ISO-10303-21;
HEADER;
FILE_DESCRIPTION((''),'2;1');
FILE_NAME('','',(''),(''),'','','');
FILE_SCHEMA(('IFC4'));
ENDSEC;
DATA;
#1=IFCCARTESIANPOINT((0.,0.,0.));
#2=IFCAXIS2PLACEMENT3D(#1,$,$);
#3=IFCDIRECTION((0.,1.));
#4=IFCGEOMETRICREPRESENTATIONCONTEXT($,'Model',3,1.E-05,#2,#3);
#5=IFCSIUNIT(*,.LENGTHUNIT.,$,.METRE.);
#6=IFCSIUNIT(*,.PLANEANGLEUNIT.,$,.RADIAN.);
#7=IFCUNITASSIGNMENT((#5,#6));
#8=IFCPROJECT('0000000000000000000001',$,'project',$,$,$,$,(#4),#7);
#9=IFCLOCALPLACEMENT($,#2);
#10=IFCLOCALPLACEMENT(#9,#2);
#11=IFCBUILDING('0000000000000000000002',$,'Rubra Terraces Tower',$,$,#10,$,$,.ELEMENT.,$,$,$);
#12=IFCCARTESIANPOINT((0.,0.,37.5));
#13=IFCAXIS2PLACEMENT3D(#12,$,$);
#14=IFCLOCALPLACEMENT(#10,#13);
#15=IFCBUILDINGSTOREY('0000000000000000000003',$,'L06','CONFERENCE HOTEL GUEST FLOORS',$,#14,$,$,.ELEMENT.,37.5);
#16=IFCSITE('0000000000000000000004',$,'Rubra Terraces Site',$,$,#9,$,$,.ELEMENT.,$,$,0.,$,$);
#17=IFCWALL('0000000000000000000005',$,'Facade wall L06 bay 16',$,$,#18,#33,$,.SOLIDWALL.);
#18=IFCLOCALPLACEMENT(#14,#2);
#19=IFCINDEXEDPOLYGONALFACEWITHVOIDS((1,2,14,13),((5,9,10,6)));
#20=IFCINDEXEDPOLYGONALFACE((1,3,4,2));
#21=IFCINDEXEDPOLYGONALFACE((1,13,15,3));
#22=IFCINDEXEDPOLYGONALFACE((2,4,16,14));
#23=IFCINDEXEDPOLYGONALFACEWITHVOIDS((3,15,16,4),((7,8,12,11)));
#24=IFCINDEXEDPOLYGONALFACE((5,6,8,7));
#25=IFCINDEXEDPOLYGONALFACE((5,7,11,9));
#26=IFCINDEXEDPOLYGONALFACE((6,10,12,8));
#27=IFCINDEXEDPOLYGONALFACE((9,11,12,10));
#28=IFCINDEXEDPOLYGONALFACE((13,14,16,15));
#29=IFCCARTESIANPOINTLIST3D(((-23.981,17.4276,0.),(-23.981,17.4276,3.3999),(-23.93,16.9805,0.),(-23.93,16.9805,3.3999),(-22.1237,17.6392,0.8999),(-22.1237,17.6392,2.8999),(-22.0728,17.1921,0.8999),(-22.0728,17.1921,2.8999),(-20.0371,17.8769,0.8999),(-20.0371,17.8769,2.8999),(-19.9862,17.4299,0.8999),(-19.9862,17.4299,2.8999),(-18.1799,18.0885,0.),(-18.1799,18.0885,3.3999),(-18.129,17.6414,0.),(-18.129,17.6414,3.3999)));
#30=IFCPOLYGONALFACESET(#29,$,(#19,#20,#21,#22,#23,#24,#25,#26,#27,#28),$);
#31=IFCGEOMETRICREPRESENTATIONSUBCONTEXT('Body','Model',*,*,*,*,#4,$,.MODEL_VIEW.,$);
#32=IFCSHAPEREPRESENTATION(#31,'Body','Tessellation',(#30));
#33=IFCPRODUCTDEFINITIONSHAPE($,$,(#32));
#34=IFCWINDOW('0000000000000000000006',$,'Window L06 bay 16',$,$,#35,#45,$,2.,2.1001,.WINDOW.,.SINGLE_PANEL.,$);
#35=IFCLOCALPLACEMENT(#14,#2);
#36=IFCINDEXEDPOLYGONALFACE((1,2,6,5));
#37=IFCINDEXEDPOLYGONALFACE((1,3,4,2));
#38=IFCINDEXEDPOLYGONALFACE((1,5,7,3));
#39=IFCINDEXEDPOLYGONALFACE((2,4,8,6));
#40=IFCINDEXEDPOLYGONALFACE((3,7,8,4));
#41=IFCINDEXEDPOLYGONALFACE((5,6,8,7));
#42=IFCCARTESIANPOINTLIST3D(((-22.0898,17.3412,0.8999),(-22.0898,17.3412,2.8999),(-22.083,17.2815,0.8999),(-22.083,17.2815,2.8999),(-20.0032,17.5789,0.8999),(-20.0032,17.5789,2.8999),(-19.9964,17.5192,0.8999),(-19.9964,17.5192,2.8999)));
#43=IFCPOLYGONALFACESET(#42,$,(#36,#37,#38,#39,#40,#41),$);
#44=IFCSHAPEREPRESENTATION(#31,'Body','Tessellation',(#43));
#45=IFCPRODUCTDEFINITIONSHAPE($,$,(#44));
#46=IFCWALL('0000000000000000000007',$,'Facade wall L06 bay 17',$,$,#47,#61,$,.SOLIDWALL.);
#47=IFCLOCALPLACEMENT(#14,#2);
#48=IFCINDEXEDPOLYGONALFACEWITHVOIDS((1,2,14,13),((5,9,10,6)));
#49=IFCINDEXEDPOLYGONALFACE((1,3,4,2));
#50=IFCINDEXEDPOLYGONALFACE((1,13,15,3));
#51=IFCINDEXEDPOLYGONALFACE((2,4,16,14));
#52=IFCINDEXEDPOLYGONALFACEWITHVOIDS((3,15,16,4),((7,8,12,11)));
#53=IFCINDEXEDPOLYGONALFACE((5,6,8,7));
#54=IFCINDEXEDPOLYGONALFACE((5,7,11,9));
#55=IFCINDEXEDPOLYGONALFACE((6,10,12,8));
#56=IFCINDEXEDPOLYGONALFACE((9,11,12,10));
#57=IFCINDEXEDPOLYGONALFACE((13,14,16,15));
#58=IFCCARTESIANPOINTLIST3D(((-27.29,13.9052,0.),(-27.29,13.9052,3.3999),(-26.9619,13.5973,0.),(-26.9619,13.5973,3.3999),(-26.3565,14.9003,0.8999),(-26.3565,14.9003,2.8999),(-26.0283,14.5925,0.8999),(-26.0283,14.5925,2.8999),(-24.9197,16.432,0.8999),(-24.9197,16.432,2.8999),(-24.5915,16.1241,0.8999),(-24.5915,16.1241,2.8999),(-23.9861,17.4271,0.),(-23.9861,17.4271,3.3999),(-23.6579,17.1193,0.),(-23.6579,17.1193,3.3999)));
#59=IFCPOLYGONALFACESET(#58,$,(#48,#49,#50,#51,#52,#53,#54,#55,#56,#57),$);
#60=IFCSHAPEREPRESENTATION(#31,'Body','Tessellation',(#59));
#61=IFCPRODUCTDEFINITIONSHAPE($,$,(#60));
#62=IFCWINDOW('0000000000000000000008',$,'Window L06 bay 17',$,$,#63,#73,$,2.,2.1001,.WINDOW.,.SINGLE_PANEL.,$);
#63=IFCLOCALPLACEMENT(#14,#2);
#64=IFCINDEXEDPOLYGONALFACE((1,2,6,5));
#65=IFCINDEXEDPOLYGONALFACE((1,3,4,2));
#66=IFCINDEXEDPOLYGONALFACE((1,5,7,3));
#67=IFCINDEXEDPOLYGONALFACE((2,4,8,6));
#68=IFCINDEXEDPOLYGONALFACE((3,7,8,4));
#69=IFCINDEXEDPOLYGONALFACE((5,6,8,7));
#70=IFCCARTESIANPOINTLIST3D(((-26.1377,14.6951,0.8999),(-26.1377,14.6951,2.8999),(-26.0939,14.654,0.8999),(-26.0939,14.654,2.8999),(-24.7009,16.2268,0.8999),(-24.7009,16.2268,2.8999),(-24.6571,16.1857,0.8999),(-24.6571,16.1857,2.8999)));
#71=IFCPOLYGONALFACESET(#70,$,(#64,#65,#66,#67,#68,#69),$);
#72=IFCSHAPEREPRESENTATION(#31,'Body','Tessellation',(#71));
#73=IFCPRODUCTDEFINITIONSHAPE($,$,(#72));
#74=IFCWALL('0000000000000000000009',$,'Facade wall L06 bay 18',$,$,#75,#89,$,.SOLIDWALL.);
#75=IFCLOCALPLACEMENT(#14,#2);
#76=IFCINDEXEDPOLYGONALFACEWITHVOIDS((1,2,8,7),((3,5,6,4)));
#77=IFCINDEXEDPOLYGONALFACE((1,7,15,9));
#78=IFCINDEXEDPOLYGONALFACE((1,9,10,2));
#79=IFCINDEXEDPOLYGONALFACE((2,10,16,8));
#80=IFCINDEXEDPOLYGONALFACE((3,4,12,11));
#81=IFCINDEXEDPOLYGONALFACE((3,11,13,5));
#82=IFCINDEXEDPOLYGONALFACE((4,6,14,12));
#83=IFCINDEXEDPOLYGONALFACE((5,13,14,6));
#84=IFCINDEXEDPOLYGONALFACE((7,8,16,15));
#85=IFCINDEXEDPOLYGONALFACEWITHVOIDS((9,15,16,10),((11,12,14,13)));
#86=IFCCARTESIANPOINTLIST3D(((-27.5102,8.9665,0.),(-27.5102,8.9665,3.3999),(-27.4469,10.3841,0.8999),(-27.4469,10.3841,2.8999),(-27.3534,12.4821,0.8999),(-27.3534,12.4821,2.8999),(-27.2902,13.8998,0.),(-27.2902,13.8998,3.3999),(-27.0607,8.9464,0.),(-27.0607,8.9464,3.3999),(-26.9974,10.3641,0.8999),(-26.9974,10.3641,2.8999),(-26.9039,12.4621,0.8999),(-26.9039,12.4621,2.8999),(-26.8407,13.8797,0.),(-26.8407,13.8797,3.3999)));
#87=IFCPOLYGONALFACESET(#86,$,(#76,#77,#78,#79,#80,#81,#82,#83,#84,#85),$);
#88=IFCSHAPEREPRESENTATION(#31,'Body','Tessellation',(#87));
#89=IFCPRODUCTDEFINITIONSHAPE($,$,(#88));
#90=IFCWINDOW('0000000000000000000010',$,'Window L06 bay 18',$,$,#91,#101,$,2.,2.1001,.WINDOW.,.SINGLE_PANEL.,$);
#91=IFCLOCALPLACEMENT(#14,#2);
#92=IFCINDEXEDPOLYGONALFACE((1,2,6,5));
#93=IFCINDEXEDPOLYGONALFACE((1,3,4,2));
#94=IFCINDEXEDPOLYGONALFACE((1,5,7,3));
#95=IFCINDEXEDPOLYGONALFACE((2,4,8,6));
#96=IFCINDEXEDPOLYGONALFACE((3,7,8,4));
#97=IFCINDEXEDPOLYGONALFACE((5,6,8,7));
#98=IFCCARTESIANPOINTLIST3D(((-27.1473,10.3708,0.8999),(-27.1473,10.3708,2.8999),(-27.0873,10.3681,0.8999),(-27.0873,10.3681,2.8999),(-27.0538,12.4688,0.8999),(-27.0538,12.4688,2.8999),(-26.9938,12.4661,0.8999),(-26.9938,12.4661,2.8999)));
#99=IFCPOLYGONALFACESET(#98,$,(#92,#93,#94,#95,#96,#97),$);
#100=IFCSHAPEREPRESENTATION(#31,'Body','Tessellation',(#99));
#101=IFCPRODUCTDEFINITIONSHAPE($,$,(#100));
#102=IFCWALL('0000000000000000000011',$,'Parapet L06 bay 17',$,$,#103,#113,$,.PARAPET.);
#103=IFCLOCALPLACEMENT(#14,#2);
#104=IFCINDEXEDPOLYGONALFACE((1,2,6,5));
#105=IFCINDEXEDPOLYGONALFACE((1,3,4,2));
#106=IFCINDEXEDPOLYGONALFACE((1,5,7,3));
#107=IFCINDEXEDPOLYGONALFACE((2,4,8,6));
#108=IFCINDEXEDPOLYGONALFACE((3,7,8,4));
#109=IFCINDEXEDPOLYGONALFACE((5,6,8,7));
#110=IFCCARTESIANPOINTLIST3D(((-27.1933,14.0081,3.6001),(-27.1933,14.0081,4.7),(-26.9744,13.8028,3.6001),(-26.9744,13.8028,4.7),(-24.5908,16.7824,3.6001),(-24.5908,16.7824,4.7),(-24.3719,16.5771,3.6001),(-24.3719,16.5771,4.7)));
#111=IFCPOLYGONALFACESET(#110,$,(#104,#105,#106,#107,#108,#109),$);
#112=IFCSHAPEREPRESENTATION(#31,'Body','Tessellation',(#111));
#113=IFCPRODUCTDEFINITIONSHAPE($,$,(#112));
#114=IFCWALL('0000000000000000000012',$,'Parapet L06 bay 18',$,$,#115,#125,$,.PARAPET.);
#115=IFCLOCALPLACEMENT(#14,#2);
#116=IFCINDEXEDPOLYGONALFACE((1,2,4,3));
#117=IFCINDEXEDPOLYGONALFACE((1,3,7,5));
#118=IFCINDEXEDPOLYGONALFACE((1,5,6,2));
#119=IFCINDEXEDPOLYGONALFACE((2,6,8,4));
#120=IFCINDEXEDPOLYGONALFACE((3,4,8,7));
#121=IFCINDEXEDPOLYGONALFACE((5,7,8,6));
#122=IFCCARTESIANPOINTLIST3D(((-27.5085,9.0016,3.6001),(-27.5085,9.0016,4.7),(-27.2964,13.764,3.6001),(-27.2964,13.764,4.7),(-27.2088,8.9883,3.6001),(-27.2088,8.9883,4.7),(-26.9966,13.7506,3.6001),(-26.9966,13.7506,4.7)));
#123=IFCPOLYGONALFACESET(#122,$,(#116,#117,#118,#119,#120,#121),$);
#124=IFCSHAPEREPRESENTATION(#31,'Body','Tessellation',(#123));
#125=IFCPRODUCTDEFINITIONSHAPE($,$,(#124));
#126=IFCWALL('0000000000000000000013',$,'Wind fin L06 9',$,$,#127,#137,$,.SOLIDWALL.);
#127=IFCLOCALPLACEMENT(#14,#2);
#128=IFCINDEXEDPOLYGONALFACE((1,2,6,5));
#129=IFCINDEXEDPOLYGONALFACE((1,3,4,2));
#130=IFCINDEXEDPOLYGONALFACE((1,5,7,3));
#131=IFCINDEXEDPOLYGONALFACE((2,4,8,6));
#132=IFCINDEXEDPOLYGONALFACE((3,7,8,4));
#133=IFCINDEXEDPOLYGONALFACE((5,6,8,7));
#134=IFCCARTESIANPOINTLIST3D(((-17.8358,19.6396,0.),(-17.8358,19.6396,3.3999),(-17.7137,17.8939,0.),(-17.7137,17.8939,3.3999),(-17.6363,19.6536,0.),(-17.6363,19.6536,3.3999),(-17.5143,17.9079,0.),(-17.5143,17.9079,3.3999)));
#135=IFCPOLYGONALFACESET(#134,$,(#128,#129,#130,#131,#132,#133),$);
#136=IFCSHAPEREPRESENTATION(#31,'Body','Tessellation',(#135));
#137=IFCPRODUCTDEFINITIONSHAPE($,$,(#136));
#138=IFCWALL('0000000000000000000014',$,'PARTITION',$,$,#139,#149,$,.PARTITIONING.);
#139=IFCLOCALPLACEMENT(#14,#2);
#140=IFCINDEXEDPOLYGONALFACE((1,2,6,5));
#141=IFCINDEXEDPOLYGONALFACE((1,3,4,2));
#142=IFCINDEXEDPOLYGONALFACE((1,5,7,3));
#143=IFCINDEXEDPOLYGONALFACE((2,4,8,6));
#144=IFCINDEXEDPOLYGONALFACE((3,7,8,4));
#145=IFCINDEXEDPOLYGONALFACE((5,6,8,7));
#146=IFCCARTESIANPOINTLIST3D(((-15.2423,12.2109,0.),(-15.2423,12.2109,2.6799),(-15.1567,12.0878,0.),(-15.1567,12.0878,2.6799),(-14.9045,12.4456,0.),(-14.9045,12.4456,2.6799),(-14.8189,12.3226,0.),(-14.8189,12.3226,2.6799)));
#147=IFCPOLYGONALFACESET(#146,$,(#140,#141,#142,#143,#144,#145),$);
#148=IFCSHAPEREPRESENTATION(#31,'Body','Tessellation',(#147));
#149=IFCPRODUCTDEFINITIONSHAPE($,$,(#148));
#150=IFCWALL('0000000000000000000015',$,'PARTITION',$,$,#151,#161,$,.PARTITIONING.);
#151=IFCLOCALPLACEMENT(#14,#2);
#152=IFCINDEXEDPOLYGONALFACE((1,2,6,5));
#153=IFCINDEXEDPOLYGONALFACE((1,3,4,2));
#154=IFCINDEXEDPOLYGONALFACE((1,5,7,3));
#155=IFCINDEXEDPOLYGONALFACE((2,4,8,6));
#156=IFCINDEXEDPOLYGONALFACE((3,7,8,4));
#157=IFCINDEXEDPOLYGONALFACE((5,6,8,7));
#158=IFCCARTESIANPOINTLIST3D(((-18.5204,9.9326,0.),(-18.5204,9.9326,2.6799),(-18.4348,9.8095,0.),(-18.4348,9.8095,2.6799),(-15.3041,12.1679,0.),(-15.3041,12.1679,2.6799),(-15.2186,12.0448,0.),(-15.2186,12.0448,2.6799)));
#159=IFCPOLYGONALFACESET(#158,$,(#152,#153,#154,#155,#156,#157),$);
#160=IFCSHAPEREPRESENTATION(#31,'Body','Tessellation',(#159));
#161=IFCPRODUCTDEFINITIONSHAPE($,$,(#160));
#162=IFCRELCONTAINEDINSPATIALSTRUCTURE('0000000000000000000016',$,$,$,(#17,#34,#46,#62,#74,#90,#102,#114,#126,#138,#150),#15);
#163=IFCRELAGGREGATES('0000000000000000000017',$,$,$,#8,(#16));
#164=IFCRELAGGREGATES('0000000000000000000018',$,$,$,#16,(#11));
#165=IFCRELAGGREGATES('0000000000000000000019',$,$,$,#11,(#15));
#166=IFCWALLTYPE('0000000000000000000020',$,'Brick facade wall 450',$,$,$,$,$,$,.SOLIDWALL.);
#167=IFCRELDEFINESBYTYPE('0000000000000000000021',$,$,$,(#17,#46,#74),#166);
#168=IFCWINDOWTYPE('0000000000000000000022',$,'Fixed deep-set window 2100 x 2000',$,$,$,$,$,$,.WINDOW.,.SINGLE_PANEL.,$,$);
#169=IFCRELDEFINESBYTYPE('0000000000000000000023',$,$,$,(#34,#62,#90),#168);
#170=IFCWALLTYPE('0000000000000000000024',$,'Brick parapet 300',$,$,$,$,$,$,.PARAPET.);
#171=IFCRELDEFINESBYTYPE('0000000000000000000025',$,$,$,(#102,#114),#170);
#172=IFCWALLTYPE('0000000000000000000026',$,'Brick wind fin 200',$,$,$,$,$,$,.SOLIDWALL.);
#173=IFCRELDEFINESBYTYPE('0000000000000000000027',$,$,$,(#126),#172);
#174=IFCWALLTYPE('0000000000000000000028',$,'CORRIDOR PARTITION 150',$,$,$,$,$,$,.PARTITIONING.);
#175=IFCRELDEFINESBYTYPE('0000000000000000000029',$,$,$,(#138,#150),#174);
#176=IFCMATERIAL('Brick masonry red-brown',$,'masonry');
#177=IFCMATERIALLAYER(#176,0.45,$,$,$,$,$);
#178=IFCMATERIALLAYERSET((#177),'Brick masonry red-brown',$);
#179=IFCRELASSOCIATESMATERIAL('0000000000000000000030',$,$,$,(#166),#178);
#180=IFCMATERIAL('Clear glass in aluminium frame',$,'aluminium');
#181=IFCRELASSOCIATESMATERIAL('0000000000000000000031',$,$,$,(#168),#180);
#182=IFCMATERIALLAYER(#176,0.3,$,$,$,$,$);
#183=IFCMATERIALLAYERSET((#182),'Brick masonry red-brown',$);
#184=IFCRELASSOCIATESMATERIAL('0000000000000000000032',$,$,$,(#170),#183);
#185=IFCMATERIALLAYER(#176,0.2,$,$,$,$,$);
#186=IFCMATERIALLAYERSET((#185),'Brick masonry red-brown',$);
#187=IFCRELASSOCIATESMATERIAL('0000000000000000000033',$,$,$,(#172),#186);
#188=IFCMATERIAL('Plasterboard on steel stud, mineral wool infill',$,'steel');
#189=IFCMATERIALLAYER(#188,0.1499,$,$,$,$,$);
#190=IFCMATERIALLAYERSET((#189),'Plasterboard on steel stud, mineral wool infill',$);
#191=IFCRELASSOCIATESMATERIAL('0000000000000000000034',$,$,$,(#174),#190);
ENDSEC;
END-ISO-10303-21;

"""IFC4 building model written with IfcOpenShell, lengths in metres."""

from ifc_helpers import new_model, si_unit, direction, frame, frame_2d, origin, place, context, subcontext, project, spatial, rectangle, extrude, material, layer, layer_set, type_object, element, fill, save


model = new_model("IFC4")

# Units and contexts
model_context = context("Model", 3, precision=1e-05, world=origin(), true_north=direction((0.0, 1.0)))
body_context = subcontext(model_context, "Body", "Model", "MODEL_VIEW")
ifc_project = project(units=[si_unit("LENGTHUNIT", "METRE"), si_unit("PLANEANGLEUNIT", "RADIAN")], contexts=[model_context])

# Site, building, storey
site_placement = place(None, origin())
site = spatial("IfcSite", under=ifc_project, at=site_placement, Name="Rubra Terraces Site", CompositionType="ELEMENT", RefElevation=0.0)
building_placement = place(site_placement, origin())
building = spatial("IfcBuilding", under=site, at=building_placement, Name="Rubra Terraces Tower", CompositionType="ELEMENT")
storey_placement = place(building_placement, frame((0.0, 0.0, 37.5)))
storey = spatial("IfcBuildingStorey", under=building, at=storey_placement, Name="L06", Description="CONFERENCE HOTEL GUEST FLOORS", CompositionType="ELEMENT", Elevation=37.5)

# Walls, openings, windows
ifc_material_1 = material(Name="Brick masonry red-brown", Category="masonry")
ifc_layer_1 = layer(ifc_material_1, 0.45)
ifc_layer_set_1 = layer_set([ifc_layer_1], Name="Brick masonry red-brown")
wall_type_1 = type_object("IfcWallType", Name="Brick facade wall 450", PredefinedType="SOLIDWALL", material=ifc_layer_set_1)
wall_1_placement = place(storey_placement, frame((-18.1543, 17.865, 0.0), z_axis=(0.0, 0.0, 1.0), x_axis=(-0.993573, -0.113194, 0.0)))
wall_1 = element("IfcWall", 1, at=wall_1_placement, inside=storey, type_object=wall_type_1, Name="Facade wall L06 bay 16", PredefinedType="SOLIDWALL", context=body_context, shape_type="SweptSolid", body=[
    extrude(rectangle(XDim=5.8386, YDim=0.45, at=frame_2d((2.9194, 0.0))), origin(), (0.0, 0.0, 1.0), 3.3999),
])
opening_1_placement = place(wall_1_placement, frame((1.8694, 0.0, 0.8999)))
opening_1 = element("IfcOpeningElement", 2, at=opening_1_placement, cuts=wall_1, PredefinedType="OPENING", context=body_context, shape_type="SweptSolid", body=[
    extrude(rectangle(XDim=2.1001, YDim=2.0, at=frame_2d((1.05, 1.0))), frame((0.0, 0.2349, 0.0), z_axis=(0.0, -1.0, 0.0), x_axis=(1.0, 0.0, 0.0)), (0.0, 0.0, 1.0), 0.47),
])
ifc_material_2 = material(Name="Clear glass in aluminium frame", Category="aluminium")
window_type = type_object("IfcWindowType", Name="Fixed deep-set window 2100 x 2000", PartitioningType="SINGLE_PANEL", PredefinedType="WINDOW", material=ifc_material_2)
window_1_placement = place(opening_1_placement, origin())
window_1 = element("IfcWindow", 3, at=window_1_placement, inside=storey, type_object=window_type, Name="Window L06 bay 16", OverallHeight=2.0, OverallWidth=2.1001, PartitioningType="SINGLE_PANEL", PredefinedType="WINDOW", context=body_context, shape_type="SweptSolid", body=[
    extrude(rectangle(XDim=2.1001, YDim=2.0, at=frame_2d((1.05, 1.0))), frame((0.0, 0.135, 0.0), z_axis=(0.0, -1.0, 0.0), x_axis=(1.0, 0.0, 0.0)), (0.0, 0.0, 1.0), 0.0601),
])
fill(opening_1, window_1)
wall_2_placement = place(storey_placement, frame((-23.822, 17.2732, 0.0), z_axis=(0.0, 0.0, 1.0), x_axis=(-0.684173, -0.72932, 0.0)))
wall_2 = element("IfcWall", 4, at=wall_2_placement, inside=storey, type_object=wall_type_1, Name="Facade wall L06 bay 17", PredefinedType="SOLIDWALL", context=body_context, shape_type="SweptSolid", body=[
    extrude(rectangle(XDim=4.8291, YDim=0.45, at=frame_2d((2.4146, 0.0))), origin(), (0.0, 0.0, 1.0), 3.3999),
])
opening_2_placement = place(wall_2_placement, frame((1.3645, 0.0, 0.8999)))
opening_2 = element("IfcOpeningElement", 5, at=opening_2_placement, cuts=wall_2, PredefinedType="OPENING", context=body_context, shape_type="SweptSolid", body=[
    extrude(rectangle(XDim=2.1001, YDim=2.0, at=frame_2d((1.05, 1.0))), frame((0.0, 0.2349, 0.0), z_axis=(0.0, -1.0, 0.0), x_axis=(1.0, 0.0, 0.0)), (0.0, 0.0, 1.0), 0.47),
])
window_2_placement = place(opening_2_placement, origin())
window_2 = element("IfcWindow", 6, at=window_2_placement, inside=storey, type_object=window_type, Name="Window L06 bay 17", OverallHeight=2.0, OverallWidth=2.1001, PartitioningType="SINGLE_PANEL", PredefinedType="WINDOW", context=body_context, shape_type="SweptSolid", body=[
    extrude(rectangle(XDim=2.1001, YDim=2.0, at=frame_2d((1.05, 1.0))), frame((0.0, 0.135, 0.0), z_axis=(0.0, -1.0, 0.0), x_axis=(1.0, 0.0, 0.0)), (0.0, 0.0, 1.0), 0.0601),
])
fill(opening_2, window_2)
wall_3_placement = place(storey_placement, frame((-27.0654, 13.8899, 0.0), z_axis=(0.0, 0.0, 1.0), x_axis=(-0.044544, -0.999007, 0.0)))
wall_3 = element("IfcWall", 7, at=wall_3_placement, inside=storey, type_object=wall_type_1, Name="Facade wall L06 bay 18", PredefinedType="SOLIDWALL", context=body_context, shape_type="SweptSolid", body=[
    extrude(rectangle(XDim=4.9382, YDim=0.45, at=frame_2d((2.4692, 0.0))), origin(), (0.0, 0.0, 1.0), 3.3999),
])
opening_3_placement = place(wall_3_placement, frame((1.4192, 0.0, 0.8999)))
opening_3 = element("IfcOpeningElement", 8, at=opening_3_placement, cuts=wall_3, PredefinedType="OPENING", context=body_context, shape_type="SweptSolid", body=[
    extrude(rectangle(XDim=2.1001, YDim=2.0, at=frame_2d((1.05, 1.0))), frame((0.0, 0.2349, 0.0), z_axis=(0.0, -1.0, 0.0), x_axis=(1.0, 0.0, 0.0)), (0.0, 0.0, 1.0), 0.47),
])
window_3_placement = place(opening_3_placement, origin())
window_3 = element("IfcWindow", 9, at=window_3_placement, inside=storey, type_object=window_type, Name="Window L06 bay 18", OverallHeight=2.0, OverallWidth=2.1001, PartitioningType="SINGLE_PANEL", PredefinedType="WINDOW", context=body_context, shape_type="SweptSolid", body=[
    extrude(rectangle(XDim=2.1001, YDim=2.0, at=frame_2d((1.05, 1.0))), frame((0.0, 0.135, 0.0), z_axis=(0.0, -1.0, 0.0), x_axis=(1.0, 0.0, 0.0)), (0.0, 0.0, 1.0), 0.0601),
])
fill(opening_3, window_3)

# Walls
ifc_layer_2 = layer(ifc_material_1, 0.3)
ifc_layer_set_2 = layer_set([ifc_layer_2], Name="Brick masonry red-brown")
wall_type_2 = type_object("IfcWallType", Name="Brick parapet 300", PredefinedType="PARAPET", material=ifc_layer_set_2)
wall_4_placement = place(storey_placement, frame((-24.4814, 16.6797, 3.6001), z_axis=(0.0, 0.0, 1.0), x_axis=(-0.684155, -0.729337, 0.0)))
element("IfcWall", 10, at=wall_4_placement, inside=storey, type_object=wall_type_2, Name="Parapet L06 bay 17", PredefinedType="PARAPET", context=body_context, shape_type="SweptSolid", body=[
    extrude(rectangle(XDim=3.804, YDim=0.3, at=frame_2d((1.9019, 0.0))), origin(), (0.0, 0.0, 1.0), 1.0999),
])
wall_5_placement = place(storey_placement, frame((-27.1465, 13.7573, 3.6001), z_axis=(0.0, 0.0, 1.0), x_axis=(-0.044504, -0.999009, 0.0)))
element("IfcWall", 11, at=wall_5_placement, inside=storey, type_object=wall_type_2, Name="Parapet L06 bay 18", PredefinedType="PARAPET", context=body_context, shape_type="SweptSolid", body=[
    extrude(rectangle(XDim=4.7671, YDim=0.3, at=frame_2d((2.3835, 0.0))), origin(), (0.0, 0.0, 1.0), 1.0999),
])
ifc_layer_3 = layer(ifc_material_1, 0.2)
ifc_layer_set_3 = layer_set([ifc_layer_3], Name="Brick masonry red-brown")
wall_type_3 = type_object("IfcWallType", Name="Brick wind fin 200", PredefinedType="SOLIDWALL", material=ifc_layer_set_3)
wall_6_placement = place(storey_placement, frame((-17.614, 17.9009, 0.0), z_axis=(0.0, 0.0, 1.0), x_axis=(-0.06975, 0.997565, 0.0)))
element("IfcWall", 12, at=wall_6_placement, inside=storey, type_object=wall_type_3, Name="Wind fin L06 9", PredefinedType="SOLIDWALL", context=body_context, shape_type="SweptSolid", body=[
    extrude(rectangle(XDim=1.75, YDim=0.2, at=frame_2d((0.875, 0.0))), origin(), (0.0, 0.0, 1.0), 3.3999),
])
ifc_material_3 = material(Name="Plasterboard on steel stud, mineral wool infill", Category="steel")
ifc_layer_4 = layer(ifc_material_3, 0.1499)
ifc_layer_set_4 = layer_set([ifc_layer_4], Name="Plasterboard on steel stud, mineral wool infill")
wall_type_4 = type_object("IfcWallType", Name="CORRIDOR PARTITION 150", PredefinedType="PARTITIONING", material=ifc_layer_set_4)
wall_7_placement = place(storey_placement, frame((-14.8618, 12.384, 0.0), z_axis=(0.0, 0.0, 1.0), x_axis=(-0.821123, -0.570752, 0.0)))
element("IfcWall", 13, at=wall_7_placement, inside=storey, type_object=wall_type_4, Name="PARTITION", PredefinedType="PARTITIONING", context=body_context, shape_type="SweptSolid", body=[
    extrude(rectangle(XDim=0.4114, YDim=0.1499, at=frame_2d((0.2056, 0.0))), origin(), (0.0, 0.0, 1.0), 2.6799),
])
wall_8_placement = place(storey_placement, frame((-15.2612, 12.1064, 0.0), z_axis=(0.0, 0.0, 1.0), x_axis=(-0.821154, -0.570706, 0.0)))
element("IfcWall", 14, at=wall_8_placement, inside=storey, type_object=wall_type_4, Name="PARTITION", PredefinedType="PARTITIONING", context=body_context, shape_type="SweptSolid", body=[
    extrude(rectangle(XDim=3.9167, YDim=0.1499, at=frame_2d((1.9585, 0.0))), origin(), (0.0, 0.0, 1.0), 2.6799),
])

save(model, "model.ifc")
